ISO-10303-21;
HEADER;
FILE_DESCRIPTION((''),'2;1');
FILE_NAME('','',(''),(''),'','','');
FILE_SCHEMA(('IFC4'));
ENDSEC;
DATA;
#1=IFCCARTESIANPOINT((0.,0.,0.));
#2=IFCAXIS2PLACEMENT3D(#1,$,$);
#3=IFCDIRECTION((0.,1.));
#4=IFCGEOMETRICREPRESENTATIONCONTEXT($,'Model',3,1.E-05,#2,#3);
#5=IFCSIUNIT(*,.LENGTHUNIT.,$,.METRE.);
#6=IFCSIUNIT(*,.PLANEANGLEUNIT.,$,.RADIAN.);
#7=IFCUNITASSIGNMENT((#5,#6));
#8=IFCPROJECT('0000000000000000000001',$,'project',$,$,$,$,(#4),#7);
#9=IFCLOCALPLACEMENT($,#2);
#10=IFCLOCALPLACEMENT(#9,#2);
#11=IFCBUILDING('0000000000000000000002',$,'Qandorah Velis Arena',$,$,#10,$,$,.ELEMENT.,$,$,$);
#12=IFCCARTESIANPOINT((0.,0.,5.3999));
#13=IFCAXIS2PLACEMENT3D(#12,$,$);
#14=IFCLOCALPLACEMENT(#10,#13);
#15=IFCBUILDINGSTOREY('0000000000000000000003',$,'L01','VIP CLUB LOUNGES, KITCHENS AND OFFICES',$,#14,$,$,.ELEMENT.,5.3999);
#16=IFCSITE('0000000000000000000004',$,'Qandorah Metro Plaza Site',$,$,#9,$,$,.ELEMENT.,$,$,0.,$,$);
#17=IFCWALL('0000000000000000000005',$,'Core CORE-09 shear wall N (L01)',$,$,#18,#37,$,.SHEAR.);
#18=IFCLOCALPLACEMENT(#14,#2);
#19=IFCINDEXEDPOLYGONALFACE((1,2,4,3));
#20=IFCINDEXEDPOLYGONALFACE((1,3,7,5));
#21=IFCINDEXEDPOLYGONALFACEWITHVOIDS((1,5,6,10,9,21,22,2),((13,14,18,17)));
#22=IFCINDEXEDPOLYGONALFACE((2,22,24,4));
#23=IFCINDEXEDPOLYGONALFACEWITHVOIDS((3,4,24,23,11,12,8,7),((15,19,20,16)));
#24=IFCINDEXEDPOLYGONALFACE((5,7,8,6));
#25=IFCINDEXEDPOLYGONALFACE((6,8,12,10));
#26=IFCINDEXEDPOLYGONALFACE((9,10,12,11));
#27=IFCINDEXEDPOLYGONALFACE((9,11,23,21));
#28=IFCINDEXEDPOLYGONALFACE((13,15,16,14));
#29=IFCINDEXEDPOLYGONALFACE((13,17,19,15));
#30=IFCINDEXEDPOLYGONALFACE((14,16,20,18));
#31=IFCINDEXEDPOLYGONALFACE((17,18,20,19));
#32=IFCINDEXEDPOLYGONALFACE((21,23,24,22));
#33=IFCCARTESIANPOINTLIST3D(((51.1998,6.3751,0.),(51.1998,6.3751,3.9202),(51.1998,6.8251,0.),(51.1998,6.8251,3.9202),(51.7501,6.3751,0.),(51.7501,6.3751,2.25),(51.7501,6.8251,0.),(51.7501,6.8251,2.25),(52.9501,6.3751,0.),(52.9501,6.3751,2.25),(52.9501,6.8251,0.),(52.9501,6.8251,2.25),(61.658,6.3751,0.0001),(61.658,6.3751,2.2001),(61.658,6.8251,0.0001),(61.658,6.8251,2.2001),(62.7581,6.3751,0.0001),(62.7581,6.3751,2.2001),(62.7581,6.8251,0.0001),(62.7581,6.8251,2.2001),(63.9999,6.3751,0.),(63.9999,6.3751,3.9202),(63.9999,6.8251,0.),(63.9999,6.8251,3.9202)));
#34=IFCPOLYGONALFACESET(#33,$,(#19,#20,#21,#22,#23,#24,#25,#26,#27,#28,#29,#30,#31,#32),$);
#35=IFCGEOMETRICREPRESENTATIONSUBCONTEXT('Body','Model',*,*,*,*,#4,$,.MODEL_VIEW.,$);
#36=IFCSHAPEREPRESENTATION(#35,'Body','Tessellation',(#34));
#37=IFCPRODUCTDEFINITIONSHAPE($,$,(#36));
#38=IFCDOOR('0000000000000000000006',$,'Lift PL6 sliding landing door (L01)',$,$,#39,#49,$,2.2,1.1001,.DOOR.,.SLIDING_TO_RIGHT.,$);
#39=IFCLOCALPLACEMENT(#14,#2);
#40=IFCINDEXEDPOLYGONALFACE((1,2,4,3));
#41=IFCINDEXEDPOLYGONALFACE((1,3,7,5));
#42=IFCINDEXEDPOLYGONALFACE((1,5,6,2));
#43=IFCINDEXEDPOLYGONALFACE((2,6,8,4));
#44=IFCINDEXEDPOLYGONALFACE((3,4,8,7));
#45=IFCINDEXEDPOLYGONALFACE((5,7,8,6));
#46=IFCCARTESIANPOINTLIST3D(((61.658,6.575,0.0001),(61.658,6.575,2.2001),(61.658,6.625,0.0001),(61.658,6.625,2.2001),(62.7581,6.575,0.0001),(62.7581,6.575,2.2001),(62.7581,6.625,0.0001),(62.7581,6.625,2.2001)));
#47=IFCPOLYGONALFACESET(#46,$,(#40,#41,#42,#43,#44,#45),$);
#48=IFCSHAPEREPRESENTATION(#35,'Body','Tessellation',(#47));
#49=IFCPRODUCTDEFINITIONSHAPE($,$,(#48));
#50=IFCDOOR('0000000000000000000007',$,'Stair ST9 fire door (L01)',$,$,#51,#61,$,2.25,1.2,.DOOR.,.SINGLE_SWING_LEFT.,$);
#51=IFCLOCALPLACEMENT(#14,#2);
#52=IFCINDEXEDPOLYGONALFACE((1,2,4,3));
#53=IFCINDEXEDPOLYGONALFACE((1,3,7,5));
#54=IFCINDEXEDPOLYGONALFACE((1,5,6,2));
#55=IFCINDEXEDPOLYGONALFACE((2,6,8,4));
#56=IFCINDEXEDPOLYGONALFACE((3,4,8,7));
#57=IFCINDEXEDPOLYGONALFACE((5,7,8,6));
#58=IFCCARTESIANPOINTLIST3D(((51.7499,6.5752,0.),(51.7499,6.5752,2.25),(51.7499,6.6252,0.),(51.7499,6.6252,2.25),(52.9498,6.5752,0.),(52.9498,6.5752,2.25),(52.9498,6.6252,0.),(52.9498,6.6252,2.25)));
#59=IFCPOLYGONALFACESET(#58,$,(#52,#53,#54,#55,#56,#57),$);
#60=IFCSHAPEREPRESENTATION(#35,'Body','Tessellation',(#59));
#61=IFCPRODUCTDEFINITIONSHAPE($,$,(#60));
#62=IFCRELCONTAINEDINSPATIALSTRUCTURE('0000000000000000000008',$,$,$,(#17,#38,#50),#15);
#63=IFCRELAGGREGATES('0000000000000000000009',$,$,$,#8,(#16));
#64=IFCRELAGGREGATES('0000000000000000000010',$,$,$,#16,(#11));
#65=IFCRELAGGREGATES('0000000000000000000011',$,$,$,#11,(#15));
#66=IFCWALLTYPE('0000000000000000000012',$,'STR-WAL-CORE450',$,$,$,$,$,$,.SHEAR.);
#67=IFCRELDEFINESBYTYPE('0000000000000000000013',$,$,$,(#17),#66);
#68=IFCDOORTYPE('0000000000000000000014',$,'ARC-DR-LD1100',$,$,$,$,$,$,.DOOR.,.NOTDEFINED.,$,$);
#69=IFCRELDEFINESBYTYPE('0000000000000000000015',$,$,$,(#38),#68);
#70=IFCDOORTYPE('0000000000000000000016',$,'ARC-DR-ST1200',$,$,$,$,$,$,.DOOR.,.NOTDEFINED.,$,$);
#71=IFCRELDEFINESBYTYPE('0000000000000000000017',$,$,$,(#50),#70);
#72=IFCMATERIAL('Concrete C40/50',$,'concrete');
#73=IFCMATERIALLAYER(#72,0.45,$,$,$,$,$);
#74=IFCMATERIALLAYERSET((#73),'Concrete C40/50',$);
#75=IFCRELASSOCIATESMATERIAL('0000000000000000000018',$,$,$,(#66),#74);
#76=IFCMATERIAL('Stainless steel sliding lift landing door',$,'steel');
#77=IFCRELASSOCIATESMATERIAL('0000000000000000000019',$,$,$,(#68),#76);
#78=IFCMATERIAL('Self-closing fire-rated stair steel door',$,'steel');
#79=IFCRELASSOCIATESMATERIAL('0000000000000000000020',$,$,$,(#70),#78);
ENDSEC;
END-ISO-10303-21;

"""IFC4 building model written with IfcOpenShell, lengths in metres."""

from ifc_helpers import new_model, si_unit, direction, frame, frame_2d, origin, place, context, subcontext, project, spatial, rectangle, extrude, material, layer, layer_set, type_object, element, fill, save


model = new_model("IFC4")

# Units and contexts
model_context = context("Model", 3, precision=1e-05, world=origin(), true_north=direction((0.0, 1.0)))
body_context = subcontext(model_context, "Body", "Model", "MODEL_VIEW")
ifc_project = project(units=[si_unit("LENGTHUNIT", "METRE"), si_unit("PLANEANGLEUNIT", "RADIAN")], contexts=[model_context])

# Site, building, storey
site_placement = place(None, origin())
site = spatial("IfcSite", under=ifc_project, at=site_placement, Name="Qandorah Metro Plaza Site", CompositionType="ELEMENT", RefElevation=0.0)
building_placement = place(site_placement, origin())
building = spatial("IfcBuilding", under=site, at=building_placement, Name="Qandorah Velis Arena", CompositionType="ELEMENT")
storey_placement = place(building_placement, frame((0.0, 0.0, 5.3999)))
storey = spatial("IfcBuildingStorey", under=building, at=storey_placement, Name="L01", Description="VIP CLUB LOUNGES, KITCHENS AND OFFICES", CompositionType="ELEMENT", Elevation=5.3999)

# Shared definitions
ifc_material_1 = material(Name="Concrete C40/50", Category="concrete")

# Wall, openings, doors
ifc_layer_1 = layer(ifc_material_1, 0.45)
ifc_layer_set_1 = layer_set([ifc_layer_1], Name="Concrete C40/50")
wall_type_1 = type_object("IfcWallType", Name="STR-WAL-CORE450", PredefinedType="SHEAR", material=ifc_layer_set_1)
wall_1_placement = place(storey_placement, frame((51.2, 6.6001, 0.0), z_axis=(0.0, 0.0, 1.0), x_axis=(1.0, 0.0, 0.0)))
wall_1 = element("IfcWall", 1, at=wall_1_placement, inside=storey, type_object=wall_type_1, Name="Core CORE-09 shear wall N (L01)", PredefinedType="SHEAR", context=body_context, shape_type="SweptSolid", body=[
    extrude(rectangle(XDim=12.8, YDim=0.45, at=frame_2d((6.3999, 0.0))), origin(), (0.0, 0.0, 1.0), 3.9202),
])
opening_1_placement = place(wall_1_placement, frame((0.55, 0.0, 0.0)))
opening_1 = element("IfcOpeningElement", 2, at=opening_1_placement, cuts=wall_1, PredefinedType="OPENING", context=body_context, shape_type="SweptSolid", body=[
    extrude(rectangle(XDim=1.2, YDim=2.25, at=frame_2d((0.6001, 1.125))), frame((0.0, 0.2349, 0.0), z_axis=(0.0, -1.0, 0.0), x_axis=(1.0, 0.0, 0.0)), (0.0, 0.0, 1.0), 0.47),
])
opening_2_placement = place(wall_1_placement, frame((10.458, 0.0, 0.0)))
opening_2 = element("IfcOpeningElement", 3, at=opening_2_placement, cuts=wall_1, PredefinedType="OPENING", context=body_context, shape_type="SweptSolid", body=[
    extrude(rectangle(XDim=1.1001, YDim=2.2, at=frame_2d((0.55, 1.1001))), frame((0.0, 0.2349, 0.0), z_axis=(0.0, -1.0, 0.0), x_axis=(1.0, 0.0, 0.0)), (0.0, 0.0, 1.0), 0.47),
])
ifc_material_2 = material(Name="Stainless steel sliding lift landing door", Category="steel")
door_type_1 = type_object("IfcDoorType", Name="ARC-DR-LD1100", OperationType="NOTDEFINED", PredefinedType="DOOR", material=ifc_material_2)
door_1_placement = place(opening_2_placement, origin())
door_1 = element("IfcDoor", 4, at=door_1_placement, inside=storey, type_object=door_type_1, Name="Lift PL6 sliding landing door (L01)", OperationType="SLIDING_TO_RIGHT", OverallHeight=2.2, OverallWidth=1.1001, PredefinedType="DOOR", context=body_context, shape_type="SweptSolid", body=[
    extrude(rectangle(XDim=1.1001, YDim=2.2, at=frame_2d((0.55, 1.1001))), frame((0.0, 0.0249, 0.0), z_axis=(0.0, -1.0, 0.0), x_axis=(1.0, 0.0, 0.0)), (0.0, 0.0, 1.0), 0.05),
])
fill(opening_2, door_1)
ifc_material_3 = material(Name="Self-closing fire-rated stair steel door", Category="steel")
door_type_2 = type_object("IfcDoorType", Name="ARC-DR-ST1200", OperationType="NOTDEFINED", PredefinedType="DOOR", material=ifc_material_3)
door_2_placement = place(opening_1_placement, frame((1.2, 0.0, 0.0), z_axis=(0.0, 0.0, 1.0), x_axis=(-1.0, 0.0, 0.0)))
door_2 = element("IfcDoor", 5, at=door_2_placement, inside=storey, type_object=door_type_2, Name="Stair ST9 fire door (L01)", OperationType="SINGLE_SWING_LEFT", OverallHeight=2.25, OverallWidth=1.2, PredefinedType="DOOR", context=body_context, shape_type="SweptSolid", body=[
    extrude(rectangle(XDim=1.2, YDim=2.25, at=frame_2d((0.6001, 1.125))), frame((0.0, 0.0249, 0.0), z_axis=(0.0, -1.0, 0.0), x_axis=(1.0, 0.0, 0.0)), (0.0, 0.0, 1.0), 0.05),
])
fill(opening_1, door_2)

save(model, "model.ifc")
